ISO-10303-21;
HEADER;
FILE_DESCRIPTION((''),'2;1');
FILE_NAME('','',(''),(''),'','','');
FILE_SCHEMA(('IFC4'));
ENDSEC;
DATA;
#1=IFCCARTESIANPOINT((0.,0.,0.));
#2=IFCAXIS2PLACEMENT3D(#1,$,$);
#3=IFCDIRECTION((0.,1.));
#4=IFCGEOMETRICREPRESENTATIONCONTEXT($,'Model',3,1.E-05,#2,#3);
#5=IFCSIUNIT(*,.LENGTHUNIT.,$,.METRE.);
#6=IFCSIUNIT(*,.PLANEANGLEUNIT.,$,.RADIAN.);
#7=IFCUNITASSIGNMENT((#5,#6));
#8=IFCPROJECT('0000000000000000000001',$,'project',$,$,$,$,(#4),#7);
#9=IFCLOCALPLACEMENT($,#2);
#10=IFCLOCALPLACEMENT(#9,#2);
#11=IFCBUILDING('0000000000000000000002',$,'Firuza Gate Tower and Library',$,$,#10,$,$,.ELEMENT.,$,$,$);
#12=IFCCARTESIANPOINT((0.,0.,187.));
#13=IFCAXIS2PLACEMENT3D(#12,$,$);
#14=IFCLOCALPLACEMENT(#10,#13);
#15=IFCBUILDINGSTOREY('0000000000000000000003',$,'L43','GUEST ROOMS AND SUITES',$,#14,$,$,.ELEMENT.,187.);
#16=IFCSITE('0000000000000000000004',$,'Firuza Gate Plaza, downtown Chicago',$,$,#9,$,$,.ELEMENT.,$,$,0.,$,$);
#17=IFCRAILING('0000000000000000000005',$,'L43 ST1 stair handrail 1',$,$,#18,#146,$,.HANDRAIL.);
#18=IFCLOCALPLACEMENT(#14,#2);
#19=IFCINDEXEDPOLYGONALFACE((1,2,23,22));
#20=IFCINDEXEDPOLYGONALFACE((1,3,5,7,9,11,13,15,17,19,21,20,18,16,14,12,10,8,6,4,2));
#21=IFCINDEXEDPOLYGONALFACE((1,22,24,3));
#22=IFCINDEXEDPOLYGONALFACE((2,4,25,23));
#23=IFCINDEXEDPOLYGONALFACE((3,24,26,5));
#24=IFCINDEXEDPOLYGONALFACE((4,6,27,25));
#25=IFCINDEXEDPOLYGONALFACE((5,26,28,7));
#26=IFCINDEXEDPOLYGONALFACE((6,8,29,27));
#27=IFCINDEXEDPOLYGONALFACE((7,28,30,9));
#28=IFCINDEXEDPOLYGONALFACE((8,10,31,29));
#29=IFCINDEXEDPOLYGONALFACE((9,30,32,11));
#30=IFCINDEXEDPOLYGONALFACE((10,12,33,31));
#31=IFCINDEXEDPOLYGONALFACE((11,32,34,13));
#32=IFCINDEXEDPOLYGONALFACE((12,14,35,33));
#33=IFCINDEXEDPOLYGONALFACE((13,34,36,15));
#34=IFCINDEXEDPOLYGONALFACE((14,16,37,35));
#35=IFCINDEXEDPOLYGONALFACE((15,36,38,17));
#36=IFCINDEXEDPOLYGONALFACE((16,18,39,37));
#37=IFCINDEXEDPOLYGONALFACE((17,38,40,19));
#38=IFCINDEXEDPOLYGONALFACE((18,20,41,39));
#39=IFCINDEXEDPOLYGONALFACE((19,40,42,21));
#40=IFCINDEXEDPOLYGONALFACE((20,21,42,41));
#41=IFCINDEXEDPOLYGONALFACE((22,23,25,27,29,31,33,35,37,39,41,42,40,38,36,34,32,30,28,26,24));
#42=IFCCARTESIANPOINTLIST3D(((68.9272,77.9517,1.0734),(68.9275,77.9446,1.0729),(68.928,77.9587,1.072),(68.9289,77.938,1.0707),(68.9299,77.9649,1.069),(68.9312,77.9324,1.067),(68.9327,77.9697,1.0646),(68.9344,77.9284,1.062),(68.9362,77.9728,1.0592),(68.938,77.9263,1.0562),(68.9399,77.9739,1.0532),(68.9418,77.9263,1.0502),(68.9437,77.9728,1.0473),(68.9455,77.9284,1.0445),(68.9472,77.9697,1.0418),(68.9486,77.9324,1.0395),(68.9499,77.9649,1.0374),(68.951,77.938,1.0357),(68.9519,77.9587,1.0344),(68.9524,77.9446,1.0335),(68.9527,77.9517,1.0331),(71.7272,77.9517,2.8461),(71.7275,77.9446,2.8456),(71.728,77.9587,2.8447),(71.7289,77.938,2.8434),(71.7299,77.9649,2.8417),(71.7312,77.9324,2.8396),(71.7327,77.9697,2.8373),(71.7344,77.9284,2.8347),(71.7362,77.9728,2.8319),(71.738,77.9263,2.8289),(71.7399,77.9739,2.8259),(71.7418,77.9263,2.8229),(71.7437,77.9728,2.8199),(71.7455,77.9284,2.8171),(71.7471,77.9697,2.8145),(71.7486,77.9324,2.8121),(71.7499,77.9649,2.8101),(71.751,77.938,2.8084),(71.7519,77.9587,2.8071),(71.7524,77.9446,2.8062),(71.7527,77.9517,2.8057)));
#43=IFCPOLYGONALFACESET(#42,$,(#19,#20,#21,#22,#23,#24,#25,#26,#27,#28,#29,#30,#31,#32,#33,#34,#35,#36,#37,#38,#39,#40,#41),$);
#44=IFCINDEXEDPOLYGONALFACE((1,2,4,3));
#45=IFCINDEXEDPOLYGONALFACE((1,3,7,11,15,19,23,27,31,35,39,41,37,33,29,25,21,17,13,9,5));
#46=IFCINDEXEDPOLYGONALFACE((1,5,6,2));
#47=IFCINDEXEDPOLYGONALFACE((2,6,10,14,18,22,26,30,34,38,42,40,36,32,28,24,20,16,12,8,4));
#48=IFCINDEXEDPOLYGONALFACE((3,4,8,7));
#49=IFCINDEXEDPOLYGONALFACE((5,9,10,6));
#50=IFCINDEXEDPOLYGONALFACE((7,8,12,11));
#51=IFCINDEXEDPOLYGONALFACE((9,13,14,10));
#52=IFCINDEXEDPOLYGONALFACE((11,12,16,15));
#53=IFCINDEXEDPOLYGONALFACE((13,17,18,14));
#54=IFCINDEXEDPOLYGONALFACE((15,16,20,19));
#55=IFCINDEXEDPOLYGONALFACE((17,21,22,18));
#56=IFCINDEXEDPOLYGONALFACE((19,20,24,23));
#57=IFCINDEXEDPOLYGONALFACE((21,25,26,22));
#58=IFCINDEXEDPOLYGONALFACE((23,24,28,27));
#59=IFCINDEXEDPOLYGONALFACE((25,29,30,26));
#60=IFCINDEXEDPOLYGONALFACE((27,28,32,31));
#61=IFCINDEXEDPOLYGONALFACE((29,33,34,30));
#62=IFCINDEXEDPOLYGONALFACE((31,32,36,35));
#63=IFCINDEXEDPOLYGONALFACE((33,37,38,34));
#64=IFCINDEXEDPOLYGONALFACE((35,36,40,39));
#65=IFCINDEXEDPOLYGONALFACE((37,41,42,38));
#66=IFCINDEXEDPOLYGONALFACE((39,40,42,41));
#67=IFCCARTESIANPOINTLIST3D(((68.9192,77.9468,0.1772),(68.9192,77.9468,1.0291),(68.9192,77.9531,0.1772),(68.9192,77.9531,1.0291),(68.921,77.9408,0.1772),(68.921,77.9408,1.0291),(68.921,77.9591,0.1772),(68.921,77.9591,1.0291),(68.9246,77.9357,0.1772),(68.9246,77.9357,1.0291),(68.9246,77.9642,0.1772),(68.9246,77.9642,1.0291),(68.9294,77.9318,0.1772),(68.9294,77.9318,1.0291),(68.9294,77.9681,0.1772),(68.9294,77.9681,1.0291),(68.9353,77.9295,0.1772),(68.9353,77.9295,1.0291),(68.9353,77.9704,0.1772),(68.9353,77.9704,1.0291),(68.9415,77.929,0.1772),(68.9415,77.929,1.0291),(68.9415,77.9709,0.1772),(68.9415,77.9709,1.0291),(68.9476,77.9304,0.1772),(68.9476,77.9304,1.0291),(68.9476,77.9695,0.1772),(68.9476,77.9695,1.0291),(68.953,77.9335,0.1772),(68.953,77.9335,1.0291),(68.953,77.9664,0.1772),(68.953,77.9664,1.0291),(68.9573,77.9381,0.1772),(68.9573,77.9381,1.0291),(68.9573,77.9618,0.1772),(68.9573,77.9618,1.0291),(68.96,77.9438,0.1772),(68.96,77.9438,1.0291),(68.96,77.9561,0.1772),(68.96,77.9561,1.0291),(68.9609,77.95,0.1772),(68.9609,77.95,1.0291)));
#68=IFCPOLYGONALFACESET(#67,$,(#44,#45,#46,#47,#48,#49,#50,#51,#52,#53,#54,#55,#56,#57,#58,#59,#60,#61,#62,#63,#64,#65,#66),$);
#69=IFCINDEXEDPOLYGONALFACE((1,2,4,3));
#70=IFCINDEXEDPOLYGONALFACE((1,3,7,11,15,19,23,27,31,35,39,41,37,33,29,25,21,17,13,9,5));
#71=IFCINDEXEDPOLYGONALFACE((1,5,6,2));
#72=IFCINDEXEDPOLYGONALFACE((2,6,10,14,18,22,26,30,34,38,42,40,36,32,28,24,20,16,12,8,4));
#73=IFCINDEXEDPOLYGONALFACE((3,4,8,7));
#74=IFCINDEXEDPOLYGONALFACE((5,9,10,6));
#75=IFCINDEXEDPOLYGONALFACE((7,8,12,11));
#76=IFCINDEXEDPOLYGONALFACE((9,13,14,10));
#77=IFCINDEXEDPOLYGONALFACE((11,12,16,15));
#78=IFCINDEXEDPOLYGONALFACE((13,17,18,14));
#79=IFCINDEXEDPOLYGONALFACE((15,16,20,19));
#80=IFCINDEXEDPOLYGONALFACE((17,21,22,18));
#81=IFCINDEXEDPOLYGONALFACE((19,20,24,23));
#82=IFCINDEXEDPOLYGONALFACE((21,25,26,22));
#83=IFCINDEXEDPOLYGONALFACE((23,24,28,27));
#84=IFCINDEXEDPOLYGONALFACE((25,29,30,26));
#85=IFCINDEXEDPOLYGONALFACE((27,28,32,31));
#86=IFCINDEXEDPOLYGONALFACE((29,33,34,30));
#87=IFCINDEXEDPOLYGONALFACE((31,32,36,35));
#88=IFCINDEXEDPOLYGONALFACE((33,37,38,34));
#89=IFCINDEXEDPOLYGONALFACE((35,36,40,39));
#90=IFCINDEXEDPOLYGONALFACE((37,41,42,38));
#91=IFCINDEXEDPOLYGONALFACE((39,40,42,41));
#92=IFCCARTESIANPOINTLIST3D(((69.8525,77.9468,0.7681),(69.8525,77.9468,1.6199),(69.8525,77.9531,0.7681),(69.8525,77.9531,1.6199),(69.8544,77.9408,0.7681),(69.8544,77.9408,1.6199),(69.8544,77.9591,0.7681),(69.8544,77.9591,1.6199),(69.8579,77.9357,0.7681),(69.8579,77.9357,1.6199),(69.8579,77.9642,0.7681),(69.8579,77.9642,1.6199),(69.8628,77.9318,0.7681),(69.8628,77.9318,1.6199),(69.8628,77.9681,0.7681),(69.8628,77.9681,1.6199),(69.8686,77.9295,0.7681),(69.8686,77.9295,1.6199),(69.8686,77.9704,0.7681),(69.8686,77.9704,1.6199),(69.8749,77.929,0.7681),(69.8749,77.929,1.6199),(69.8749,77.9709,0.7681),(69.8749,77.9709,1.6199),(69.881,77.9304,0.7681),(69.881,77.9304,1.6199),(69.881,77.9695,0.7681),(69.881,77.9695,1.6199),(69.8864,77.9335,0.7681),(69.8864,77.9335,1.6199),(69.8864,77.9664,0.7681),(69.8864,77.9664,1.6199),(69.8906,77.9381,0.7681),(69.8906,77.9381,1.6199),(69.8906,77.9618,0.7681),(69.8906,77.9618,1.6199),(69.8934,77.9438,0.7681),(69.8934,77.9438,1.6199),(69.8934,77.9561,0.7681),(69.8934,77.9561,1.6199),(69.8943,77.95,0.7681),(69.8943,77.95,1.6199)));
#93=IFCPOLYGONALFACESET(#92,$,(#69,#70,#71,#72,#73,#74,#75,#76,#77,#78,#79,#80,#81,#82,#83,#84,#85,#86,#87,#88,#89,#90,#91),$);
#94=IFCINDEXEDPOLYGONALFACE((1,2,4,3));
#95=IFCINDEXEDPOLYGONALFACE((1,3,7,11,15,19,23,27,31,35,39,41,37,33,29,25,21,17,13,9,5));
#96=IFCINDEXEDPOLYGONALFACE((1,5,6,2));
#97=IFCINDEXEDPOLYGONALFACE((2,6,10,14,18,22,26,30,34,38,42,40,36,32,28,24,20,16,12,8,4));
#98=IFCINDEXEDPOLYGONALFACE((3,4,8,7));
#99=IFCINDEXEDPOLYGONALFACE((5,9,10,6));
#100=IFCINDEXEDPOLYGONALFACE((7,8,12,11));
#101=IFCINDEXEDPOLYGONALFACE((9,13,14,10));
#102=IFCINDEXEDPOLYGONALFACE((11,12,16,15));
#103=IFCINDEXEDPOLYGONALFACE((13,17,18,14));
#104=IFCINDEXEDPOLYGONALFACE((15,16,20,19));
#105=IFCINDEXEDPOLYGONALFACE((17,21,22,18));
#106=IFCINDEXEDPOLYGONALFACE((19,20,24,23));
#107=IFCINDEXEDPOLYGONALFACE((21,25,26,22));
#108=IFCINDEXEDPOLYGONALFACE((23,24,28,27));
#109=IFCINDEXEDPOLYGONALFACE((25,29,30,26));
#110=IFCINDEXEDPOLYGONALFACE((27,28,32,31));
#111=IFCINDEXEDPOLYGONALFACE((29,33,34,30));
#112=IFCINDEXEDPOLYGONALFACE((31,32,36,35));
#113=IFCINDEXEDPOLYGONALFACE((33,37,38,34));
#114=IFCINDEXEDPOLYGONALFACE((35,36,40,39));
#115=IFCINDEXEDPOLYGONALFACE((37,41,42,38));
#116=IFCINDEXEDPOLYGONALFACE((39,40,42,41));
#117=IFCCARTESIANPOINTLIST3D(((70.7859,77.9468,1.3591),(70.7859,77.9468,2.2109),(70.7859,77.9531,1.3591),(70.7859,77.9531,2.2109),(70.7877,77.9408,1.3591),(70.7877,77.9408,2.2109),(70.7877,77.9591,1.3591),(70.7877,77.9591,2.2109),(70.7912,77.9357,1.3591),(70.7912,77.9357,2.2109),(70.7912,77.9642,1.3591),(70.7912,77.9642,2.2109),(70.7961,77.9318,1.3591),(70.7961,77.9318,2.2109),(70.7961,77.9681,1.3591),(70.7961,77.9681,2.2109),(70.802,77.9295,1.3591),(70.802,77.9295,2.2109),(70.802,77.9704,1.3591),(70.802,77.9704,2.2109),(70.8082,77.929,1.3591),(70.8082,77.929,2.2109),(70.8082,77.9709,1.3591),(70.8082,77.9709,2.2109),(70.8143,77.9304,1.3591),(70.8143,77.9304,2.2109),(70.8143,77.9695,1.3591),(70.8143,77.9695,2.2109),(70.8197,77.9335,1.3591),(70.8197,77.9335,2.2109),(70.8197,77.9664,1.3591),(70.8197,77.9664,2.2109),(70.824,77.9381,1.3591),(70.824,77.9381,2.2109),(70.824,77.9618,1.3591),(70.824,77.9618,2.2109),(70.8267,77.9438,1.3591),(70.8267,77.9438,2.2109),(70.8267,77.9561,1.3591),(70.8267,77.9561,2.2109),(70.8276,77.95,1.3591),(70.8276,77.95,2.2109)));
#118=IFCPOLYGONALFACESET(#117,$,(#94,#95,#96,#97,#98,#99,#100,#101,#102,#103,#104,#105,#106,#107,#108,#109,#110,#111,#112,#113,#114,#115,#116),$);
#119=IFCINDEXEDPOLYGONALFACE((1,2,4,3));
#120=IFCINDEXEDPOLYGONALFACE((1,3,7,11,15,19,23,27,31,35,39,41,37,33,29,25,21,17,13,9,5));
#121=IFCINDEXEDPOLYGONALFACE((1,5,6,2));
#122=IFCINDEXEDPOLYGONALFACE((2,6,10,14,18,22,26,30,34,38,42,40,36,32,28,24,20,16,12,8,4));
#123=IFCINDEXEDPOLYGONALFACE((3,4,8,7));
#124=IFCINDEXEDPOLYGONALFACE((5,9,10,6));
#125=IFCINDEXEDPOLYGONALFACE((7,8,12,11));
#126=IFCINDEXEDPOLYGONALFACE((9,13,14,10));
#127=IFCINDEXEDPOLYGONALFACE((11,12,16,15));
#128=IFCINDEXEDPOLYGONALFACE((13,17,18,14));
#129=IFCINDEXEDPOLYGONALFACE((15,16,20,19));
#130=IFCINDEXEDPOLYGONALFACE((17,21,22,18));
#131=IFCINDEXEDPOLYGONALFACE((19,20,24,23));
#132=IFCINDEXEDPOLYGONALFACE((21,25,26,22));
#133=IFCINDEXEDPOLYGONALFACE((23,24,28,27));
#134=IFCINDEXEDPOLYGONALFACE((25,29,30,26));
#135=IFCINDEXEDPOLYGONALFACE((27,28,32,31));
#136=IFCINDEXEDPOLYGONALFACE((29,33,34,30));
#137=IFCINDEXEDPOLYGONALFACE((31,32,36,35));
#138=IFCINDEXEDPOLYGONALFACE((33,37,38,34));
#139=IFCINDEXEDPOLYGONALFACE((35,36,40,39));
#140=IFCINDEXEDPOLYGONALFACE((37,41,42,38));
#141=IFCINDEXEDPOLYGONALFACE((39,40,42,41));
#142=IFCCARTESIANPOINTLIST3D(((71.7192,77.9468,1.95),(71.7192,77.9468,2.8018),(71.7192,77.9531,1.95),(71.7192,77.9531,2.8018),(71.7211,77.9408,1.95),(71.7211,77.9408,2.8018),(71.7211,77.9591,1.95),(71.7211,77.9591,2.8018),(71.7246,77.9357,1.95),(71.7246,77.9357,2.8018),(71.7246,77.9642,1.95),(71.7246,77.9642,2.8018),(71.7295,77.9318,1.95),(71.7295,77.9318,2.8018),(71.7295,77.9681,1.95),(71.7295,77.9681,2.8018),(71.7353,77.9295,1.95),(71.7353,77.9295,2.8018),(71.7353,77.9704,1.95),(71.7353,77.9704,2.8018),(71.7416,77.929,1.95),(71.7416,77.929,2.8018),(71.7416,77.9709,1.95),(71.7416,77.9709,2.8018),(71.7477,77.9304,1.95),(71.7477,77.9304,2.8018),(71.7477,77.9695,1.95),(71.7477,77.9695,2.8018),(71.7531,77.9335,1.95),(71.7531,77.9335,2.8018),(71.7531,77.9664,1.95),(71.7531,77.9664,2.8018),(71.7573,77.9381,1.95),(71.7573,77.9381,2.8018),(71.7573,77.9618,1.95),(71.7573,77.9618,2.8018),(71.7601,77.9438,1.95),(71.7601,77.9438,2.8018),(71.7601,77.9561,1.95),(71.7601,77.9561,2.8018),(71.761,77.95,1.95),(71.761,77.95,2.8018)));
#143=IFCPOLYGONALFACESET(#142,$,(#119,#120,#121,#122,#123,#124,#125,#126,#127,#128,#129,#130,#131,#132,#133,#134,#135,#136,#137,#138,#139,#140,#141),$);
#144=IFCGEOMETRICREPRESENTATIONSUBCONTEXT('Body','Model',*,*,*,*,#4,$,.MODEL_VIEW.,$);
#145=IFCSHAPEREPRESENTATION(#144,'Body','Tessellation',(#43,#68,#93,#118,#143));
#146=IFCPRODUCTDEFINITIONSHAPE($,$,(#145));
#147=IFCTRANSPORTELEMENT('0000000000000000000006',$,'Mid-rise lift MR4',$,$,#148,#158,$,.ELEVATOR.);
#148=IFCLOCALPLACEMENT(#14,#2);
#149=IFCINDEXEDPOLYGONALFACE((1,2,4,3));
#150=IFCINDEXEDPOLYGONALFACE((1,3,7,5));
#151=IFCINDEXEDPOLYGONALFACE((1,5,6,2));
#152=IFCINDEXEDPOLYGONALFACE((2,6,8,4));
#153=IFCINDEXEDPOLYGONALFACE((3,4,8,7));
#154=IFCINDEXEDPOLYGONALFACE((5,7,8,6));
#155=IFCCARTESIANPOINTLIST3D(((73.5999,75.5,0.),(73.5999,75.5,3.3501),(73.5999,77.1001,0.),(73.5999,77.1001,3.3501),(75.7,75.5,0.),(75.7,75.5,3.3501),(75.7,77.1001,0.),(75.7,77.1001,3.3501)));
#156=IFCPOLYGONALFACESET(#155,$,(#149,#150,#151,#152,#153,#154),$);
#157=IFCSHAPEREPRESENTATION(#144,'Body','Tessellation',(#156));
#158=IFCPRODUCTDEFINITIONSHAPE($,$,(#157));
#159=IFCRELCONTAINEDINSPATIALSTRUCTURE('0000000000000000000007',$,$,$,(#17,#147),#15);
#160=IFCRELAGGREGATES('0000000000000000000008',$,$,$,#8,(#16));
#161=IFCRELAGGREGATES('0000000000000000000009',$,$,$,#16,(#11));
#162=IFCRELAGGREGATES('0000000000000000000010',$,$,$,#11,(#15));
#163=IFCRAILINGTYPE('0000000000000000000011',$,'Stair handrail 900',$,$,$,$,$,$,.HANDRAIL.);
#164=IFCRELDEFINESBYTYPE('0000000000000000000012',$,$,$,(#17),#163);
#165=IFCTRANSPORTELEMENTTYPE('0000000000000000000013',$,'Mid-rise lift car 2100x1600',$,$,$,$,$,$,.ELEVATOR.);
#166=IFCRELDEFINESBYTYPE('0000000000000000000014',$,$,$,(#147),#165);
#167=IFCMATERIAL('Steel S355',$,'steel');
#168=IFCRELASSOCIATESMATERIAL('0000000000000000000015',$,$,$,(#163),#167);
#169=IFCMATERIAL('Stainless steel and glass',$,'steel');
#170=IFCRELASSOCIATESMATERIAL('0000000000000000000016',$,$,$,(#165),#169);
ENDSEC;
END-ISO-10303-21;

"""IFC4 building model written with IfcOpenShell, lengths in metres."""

from ifc_helpers import new_model, si_unit, direction, frame, origin, origin_2d, place, context, subcontext, project, spatial, rectangle, circle, extrude, material, type_object, element, save


model = new_model("IFC4")

# Units and contexts
model_context = context("Model", 3, precision=1e-05, world=origin(), true_north=direction((0.0, 1.0)))
body_context = subcontext(model_context, "Body", "Model", "MODEL_VIEW")
ifc_project = project(units=[si_unit("LENGTHUNIT", "METRE"), si_unit("PLANEANGLEUNIT", "RADIAN")], contexts=[model_context])

# Site, building, storey
site_placement = place(None, origin())
site = spatial("IfcSite", under=ifc_project, at=site_placement, Name="Firuza Gate Plaza, downtown Chicago", CompositionType="ELEMENT", RefElevation=0.0)
building_placement = place(site_placement, origin())
building = spatial("IfcBuilding", under=site, at=building_placement, Name="Firuza Gate Tower and Library", CompositionType="ELEMENT")
storey_placement = place(building_placement, frame((0.0, 0.0, 187.0)))
storey = spatial("IfcBuildingStorey", under=building, at=storey_placement, Name="L43", Description="GUEST ROOMS AND SUITES", CompositionType="ELEMENT", Elevation=187.0)

# Railing
ifc_material_1 = material(Name="Steel S355", Category="steel")
railing_type = type_object("IfcRailingType", Name="Stair handrail 900", PredefinedType="HANDRAIL", material=ifc_material_1)
railing_placement = place(storey_placement, frame((68.9399, 77.95, 0.1772)))
element("IfcRailing", 1, at=railing_placement, inside=storey, type_object=railing_type, Name="L43 ST1 stair handrail 1", PredefinedType="HANDRAIL", context=body_context, shape_type="SweptSolid", body=[
    extrude(circle(Radius=0.0239, at=origin_2d()), frame((0.0, 0.0, 0.876), z_axis=(0.844909, 0.0, 0.53491), x_axis=(0.0, 1.0, 0.0)), (0.0, 0.0, 1.0), 3.314),
    extrude(circle(Radius=0.021, at=origin_2d()), origin(), (0.0, 0.0, 1.0), 0.8518),
    extrude(circle(Radius=0.021, at=origin_2d()), frame((0.9333, 0.0, 0.5908)), (0.0, 0.0, 1.0), 0.8518),
    extrude(circle(Radius=0.021, at=origin_2d()), frame((1.8667, 0.0, 1.1819)), (0.0, 0.0, 1.0), 0.8518),
    extrude(circle(Radius=0.021, at=origin_2d()), frame((2.8, 0.0, 1.7727)), (0.0, 0.0, 1.0), 0.8518),
])

# Transport element
ifc_material_2 = material(Name="Stainless steel and glass", Category="steel")
transport_element_type = type_object("IfcTransportElementType", Name="Mid-rise lift car 2100x1600", PredefinedType="ELEVATOR", material=ifc_material_2)
transport_element_placement = place(storey_placement, frame((74.6499, 76.3, 0.0), z_axis=(0.0, 0.0, 1.0), x_axis=(1.0, 0.0, 0.0)))
element("IfcTransportElement", 2, at=transport_element_placement, inside=storey, type_object=transport_element_type, Name="Mid-rise lift MR4", PredefinedType="ELEVATOR", context=body_context, shape_type="SweptSolid", body=[
    extrude(rectangle(XDim=2.1001, YDim=1.6001, at=origin_2d()), origin(), (0.0, 0.0, 1.0), 3.3501),
])

save(model, "model.ifc")
